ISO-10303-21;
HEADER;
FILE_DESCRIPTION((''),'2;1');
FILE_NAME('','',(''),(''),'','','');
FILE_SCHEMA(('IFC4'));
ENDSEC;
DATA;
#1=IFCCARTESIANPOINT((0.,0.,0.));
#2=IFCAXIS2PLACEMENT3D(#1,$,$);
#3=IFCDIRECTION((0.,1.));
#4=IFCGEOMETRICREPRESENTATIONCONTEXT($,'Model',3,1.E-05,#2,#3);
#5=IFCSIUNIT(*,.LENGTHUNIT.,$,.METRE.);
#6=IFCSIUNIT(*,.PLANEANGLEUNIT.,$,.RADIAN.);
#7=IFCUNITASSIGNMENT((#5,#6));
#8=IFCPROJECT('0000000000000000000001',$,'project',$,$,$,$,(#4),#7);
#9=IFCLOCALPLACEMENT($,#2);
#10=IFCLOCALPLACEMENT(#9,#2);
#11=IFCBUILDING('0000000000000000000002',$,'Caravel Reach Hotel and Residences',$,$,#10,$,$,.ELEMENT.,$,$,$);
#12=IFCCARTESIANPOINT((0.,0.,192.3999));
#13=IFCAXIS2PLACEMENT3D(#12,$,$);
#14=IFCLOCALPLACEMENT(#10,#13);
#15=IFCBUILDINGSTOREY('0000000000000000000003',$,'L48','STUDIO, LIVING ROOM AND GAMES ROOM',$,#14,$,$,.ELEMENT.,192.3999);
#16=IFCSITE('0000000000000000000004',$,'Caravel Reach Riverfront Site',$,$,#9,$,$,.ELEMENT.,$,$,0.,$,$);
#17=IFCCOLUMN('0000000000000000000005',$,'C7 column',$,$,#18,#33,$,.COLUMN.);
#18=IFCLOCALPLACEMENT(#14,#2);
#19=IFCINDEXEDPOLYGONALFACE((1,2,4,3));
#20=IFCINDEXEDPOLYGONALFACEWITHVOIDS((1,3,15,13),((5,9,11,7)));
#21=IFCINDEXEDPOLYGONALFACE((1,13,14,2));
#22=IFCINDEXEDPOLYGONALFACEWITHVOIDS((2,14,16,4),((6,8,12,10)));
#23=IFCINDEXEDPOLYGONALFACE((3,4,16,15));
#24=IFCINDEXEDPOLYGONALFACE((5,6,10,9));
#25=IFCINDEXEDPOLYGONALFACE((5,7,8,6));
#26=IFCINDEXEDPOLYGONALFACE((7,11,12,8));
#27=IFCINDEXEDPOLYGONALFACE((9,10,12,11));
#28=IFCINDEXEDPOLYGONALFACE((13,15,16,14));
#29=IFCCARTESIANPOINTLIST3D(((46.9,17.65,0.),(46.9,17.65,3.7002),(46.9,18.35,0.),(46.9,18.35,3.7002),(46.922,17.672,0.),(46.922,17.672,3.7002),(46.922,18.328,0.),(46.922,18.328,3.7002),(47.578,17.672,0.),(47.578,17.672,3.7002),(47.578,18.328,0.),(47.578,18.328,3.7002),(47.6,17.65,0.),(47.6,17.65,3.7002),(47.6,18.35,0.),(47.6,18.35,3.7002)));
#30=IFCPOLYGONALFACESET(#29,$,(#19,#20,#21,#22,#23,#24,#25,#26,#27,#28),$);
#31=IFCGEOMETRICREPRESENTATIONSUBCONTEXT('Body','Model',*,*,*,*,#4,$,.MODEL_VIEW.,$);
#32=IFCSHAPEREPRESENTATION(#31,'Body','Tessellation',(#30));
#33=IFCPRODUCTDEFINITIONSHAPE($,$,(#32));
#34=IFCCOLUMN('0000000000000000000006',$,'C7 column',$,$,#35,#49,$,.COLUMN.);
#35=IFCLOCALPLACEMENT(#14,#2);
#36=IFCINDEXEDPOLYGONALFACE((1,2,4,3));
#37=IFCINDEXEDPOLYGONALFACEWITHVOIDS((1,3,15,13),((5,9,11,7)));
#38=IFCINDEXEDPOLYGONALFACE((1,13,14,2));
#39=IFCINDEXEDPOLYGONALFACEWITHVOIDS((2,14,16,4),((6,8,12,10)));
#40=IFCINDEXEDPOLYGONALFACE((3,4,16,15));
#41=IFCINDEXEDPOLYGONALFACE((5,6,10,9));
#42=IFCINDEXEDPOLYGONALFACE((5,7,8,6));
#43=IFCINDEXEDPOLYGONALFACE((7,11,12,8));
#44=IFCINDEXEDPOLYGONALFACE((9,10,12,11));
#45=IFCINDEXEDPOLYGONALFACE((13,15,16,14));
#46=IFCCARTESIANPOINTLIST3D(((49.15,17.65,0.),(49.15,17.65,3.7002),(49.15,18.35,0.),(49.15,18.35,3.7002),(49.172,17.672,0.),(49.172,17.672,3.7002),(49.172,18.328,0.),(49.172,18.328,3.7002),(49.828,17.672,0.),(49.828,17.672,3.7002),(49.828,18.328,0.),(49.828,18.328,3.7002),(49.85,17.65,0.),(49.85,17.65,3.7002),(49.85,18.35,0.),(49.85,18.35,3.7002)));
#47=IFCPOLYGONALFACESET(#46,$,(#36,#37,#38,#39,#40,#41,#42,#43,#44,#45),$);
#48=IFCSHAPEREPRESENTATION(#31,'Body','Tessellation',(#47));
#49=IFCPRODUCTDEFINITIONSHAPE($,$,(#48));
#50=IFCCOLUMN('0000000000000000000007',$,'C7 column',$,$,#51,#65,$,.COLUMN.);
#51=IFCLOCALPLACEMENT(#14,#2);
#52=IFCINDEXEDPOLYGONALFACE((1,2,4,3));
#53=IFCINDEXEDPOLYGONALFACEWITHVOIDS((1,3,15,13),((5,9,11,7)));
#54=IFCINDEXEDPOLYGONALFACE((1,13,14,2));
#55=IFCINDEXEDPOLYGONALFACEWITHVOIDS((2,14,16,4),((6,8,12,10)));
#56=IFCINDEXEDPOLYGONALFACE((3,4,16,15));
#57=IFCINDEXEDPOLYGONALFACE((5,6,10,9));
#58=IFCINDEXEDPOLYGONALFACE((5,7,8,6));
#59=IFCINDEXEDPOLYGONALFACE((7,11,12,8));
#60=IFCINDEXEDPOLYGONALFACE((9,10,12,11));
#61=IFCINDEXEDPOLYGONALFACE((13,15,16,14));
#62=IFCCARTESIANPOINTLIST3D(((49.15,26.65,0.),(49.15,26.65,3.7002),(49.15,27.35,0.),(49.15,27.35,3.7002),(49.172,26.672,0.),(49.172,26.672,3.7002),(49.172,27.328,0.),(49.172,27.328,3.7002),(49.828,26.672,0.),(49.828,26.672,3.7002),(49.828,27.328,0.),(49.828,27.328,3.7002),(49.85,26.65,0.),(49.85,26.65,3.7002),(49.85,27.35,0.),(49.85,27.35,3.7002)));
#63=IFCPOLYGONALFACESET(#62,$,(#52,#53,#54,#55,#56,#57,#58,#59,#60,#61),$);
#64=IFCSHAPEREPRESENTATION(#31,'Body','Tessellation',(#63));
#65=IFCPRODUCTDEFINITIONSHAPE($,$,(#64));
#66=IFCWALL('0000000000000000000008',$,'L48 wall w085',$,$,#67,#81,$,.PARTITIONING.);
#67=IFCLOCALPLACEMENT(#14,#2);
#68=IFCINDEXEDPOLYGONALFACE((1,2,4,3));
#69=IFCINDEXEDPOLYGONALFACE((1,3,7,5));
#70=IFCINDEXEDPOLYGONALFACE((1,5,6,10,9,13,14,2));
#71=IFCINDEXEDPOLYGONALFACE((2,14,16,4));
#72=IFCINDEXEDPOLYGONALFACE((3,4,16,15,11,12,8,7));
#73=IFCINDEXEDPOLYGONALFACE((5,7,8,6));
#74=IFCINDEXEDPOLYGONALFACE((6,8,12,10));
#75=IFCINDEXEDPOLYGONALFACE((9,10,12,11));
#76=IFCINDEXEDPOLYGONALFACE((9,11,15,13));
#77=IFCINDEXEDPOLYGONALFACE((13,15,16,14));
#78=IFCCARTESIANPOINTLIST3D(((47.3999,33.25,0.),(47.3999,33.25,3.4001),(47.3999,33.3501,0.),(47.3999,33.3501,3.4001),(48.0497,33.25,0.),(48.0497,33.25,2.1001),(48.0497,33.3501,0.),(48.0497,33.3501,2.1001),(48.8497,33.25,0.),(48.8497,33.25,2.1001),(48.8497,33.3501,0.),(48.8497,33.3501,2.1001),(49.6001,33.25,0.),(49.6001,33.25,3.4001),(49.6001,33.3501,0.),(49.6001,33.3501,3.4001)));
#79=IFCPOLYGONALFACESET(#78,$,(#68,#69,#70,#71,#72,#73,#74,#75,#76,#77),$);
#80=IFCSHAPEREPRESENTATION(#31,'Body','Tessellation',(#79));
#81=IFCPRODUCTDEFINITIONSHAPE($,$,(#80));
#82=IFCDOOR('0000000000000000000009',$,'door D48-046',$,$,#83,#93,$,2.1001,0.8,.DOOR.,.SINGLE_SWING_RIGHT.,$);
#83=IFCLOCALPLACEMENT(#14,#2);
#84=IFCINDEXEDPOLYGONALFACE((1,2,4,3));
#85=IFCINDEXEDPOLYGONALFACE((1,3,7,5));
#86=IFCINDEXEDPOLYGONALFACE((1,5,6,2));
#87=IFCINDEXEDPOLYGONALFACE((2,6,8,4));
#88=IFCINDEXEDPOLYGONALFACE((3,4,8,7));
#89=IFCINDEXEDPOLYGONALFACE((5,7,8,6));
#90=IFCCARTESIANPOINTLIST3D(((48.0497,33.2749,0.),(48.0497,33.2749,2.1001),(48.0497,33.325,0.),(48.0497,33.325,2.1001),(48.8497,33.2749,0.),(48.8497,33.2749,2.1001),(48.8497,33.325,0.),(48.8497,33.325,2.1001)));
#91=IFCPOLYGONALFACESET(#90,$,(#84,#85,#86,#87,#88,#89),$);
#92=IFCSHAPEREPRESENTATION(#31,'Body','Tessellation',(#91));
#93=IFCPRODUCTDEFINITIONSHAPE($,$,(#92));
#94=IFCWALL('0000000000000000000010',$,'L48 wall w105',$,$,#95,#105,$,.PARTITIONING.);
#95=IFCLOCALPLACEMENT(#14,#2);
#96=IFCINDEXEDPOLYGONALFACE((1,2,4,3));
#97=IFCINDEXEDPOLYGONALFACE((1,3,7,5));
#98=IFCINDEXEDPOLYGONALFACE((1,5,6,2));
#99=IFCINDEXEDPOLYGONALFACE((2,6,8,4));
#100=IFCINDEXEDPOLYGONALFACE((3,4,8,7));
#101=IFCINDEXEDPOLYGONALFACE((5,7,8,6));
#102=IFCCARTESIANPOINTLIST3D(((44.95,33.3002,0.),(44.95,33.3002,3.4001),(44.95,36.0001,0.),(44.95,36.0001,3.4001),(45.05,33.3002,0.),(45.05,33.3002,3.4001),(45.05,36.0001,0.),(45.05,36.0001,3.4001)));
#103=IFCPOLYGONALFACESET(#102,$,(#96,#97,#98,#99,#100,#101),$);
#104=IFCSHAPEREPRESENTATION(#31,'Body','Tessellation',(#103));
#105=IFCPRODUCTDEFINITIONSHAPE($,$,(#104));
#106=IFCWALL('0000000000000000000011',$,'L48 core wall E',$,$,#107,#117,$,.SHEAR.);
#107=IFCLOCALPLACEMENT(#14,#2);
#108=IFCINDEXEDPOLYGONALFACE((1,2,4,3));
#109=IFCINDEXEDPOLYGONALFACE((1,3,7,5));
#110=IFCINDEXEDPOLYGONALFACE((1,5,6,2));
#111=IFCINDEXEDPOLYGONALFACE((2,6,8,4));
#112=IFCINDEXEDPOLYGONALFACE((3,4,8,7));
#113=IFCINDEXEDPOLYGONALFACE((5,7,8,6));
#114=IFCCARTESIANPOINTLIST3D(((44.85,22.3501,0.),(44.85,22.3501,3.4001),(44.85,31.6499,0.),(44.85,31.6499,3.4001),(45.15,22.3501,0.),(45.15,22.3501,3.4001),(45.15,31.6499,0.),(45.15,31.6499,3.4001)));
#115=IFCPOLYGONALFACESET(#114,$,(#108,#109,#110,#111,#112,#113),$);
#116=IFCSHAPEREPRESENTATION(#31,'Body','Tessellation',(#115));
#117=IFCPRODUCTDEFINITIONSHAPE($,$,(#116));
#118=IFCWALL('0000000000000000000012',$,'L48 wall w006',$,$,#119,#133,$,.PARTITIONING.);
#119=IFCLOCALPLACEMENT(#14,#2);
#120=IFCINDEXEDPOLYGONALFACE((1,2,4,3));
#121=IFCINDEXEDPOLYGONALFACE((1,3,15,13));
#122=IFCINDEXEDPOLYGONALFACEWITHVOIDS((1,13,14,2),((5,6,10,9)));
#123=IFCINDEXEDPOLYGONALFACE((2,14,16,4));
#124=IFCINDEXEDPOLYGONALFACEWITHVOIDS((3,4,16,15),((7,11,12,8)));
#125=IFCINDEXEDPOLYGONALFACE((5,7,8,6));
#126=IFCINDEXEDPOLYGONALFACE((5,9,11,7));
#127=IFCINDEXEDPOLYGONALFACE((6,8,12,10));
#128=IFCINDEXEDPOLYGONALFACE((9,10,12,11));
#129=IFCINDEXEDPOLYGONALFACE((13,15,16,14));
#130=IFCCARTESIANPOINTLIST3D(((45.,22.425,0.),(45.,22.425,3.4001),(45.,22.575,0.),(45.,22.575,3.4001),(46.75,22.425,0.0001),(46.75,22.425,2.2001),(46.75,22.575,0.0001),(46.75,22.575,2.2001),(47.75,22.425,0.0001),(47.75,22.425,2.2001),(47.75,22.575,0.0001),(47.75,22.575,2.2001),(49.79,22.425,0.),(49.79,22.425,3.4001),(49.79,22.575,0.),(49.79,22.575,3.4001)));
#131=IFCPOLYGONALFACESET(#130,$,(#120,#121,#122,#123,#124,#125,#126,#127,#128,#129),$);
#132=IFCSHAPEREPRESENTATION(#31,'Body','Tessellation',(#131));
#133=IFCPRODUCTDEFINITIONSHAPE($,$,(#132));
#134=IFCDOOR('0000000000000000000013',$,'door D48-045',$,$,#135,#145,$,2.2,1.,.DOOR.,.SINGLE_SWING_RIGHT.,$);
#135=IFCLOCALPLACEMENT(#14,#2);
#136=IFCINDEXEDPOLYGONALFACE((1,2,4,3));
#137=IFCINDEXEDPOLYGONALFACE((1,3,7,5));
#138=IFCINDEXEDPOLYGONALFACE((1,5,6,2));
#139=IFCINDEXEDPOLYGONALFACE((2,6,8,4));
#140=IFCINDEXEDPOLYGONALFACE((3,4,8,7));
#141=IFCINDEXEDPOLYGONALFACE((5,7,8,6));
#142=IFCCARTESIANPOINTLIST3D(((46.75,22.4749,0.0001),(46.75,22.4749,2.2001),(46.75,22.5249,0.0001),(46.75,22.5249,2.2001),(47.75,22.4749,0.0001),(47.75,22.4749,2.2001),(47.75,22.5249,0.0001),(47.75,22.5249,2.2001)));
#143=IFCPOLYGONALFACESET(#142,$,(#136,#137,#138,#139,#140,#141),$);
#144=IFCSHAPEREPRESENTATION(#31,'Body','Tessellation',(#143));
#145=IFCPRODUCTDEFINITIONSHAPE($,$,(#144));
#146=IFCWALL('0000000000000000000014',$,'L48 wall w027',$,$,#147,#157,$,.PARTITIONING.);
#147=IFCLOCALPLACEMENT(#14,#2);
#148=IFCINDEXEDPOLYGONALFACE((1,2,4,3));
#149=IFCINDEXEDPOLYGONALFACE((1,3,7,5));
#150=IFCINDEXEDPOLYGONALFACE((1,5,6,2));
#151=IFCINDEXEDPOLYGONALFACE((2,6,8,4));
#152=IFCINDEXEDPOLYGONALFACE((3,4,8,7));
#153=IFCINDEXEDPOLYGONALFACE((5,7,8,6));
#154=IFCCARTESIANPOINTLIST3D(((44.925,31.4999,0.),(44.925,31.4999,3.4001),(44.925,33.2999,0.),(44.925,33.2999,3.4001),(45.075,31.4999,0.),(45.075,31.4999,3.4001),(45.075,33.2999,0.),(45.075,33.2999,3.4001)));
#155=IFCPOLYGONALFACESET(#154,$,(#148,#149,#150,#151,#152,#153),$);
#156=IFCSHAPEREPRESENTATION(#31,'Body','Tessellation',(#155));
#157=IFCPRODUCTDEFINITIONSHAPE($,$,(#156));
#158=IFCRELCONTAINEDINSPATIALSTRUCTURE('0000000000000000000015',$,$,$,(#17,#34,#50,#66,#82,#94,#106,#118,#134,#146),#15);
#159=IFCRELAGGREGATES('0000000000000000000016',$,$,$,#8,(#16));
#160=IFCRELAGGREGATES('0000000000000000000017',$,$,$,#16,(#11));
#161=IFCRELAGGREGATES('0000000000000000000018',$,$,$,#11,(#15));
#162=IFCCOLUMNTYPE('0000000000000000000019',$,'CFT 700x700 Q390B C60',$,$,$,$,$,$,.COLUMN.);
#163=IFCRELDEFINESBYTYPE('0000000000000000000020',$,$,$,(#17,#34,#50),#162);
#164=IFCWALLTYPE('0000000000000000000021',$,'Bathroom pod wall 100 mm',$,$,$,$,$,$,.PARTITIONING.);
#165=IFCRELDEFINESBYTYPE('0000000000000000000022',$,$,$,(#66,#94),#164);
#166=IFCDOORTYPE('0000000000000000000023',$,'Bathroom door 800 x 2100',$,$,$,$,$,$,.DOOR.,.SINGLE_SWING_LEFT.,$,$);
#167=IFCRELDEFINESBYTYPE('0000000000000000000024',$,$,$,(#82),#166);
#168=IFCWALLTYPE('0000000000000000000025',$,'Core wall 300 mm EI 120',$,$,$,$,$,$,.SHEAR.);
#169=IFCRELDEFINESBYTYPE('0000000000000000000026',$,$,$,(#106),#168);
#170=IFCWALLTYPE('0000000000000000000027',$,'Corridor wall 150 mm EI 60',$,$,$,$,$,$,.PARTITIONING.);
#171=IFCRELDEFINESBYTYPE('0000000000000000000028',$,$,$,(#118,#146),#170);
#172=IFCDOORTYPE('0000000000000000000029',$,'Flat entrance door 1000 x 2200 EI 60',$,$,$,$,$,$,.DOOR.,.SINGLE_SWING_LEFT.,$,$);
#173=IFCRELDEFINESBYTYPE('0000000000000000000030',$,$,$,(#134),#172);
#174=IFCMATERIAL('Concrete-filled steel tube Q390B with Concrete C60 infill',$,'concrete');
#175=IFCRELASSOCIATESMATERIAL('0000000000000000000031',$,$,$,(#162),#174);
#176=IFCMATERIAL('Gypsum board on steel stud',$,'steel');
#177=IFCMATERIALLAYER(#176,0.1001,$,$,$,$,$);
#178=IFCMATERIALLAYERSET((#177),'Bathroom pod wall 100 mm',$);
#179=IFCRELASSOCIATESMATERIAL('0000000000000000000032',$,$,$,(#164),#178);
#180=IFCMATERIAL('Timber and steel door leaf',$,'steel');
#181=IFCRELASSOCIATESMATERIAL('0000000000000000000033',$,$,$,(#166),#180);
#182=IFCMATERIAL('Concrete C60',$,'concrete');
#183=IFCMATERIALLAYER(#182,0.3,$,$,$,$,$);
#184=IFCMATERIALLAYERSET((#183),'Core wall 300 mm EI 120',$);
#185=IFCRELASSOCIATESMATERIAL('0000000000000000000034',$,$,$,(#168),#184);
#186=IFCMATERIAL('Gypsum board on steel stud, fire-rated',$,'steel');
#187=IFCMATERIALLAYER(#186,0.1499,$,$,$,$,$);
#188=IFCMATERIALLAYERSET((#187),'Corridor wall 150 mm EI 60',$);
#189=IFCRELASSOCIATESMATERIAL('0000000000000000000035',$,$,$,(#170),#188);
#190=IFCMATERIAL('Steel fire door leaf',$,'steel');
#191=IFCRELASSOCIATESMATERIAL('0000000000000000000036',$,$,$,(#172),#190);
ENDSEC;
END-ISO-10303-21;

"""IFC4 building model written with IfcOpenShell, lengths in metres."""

from ifc_helpers import new_model, si_unit, direction, frame, frame_2d, origin, origin_2d, place, context, subcontext, project, spatial, rectangle, hollow_rectangle, extrude, material, layer, layer_set, material_profile, profile_set, type_object, element, fill, save


model = new_model("IFC4")

# Units and contexts
model_context = context("Model", 3, precision=1e-05, world=origin(), true_north=direction((0.0, 1.0)))
body_context = subcontext(model_context, "Body", "Model", "MODEL_VIEW")
ifc_project = project(units=[si_unit("LENGTHUNIT", "METRE"), si_unit("PLANEANGLEUNIT", "RADIAN")], contexts=[model_context])

# Site, building, storey
site_placement = place(None, origin())
site = spatial("IfcSite", under=ifc_project, at=site_placement, Name="Caravel Reach Riverfront Site", CompositionType="ELEMENT", RefElevation=0.0)
building_placement = place(site_placement, origin())
building = spatial("IfcBuilding", under=site, at=building_placement, Name="Caravel Reach Hotel and Residences", CompositionType="ELEMENT")
storey_placement = place(building_placement, frame((0.0, 0.0, 192.3999)))
storey = spatial("IfcBuildingStorey", under=building, at=storey_placement, Name="L48", Description="STUDIO, LIVING ROOM AND GAMES ROOM", CompositionType="ELEMENT", Elevation=192.3999)

# Columns
ifc_material_1 = material(Name="Concrete-filled steel tube Q390B with Concrete C60 infill", Category="concrete")
ifc_material_profile = material_profile(ifc_material_1, hollow_rectangle(XDim=0.7, YDim=0.7, WallThickness=0.022, at=origin_2d()), Name="RHS 700x700x22")
ifc_profile_set = profile_set([ifc_material_profile], Name="Concrete-filled steel tube Q390B with Concrete C60 infill")
column_type = type_object("IfcColumnType", Name="CFT 700x700 Q390B C60", PredefinedType="COLUMN", material=ifc_profile_set)
for number, where, z_axis, x_axis, name in (
    (1, (47.25, 18.0, 0.0), (0.0, 0.0, 1.0), (1.0, 0.0, 0.0), "C7 column"),
    (2, (49.5, 18.0, 0.0), (0.0, 0.0, 1.0), (1.0, 0.0, 0.0), "C7 column"),
    (3, (49.5, 27.0, 0.0), (0.0, 0.0, 1.0), (1.0, 0.0, 0.0), "C7 column"),
):
    element("IfcColumn", number, at=place(storey_placement, frame(where, z_axis=z_axis, x_axis=x_axis)), inside=storey, type_object=column_type, Name=name, PredefinedType="COLUMN", context=body_context, shape_type="SweptSolid", body=[
        extrude(hollow_rectangle(XDim=0.7, YDim=0.7, WallThickness=0.022, at=origin_2d()), origin(), (0.0, 0.0, 1.0), 3.7002),
    ])

# Wall, opening, door
ifc_material_2 = material(Name="Gypsum board on steel stud", Category="steel")
ifc_layer_1 = layer(ifc_material_2, 0.1001)
ifc_layer_set_1 = layer_set([ifc_layer_1], Name="Bathroom pod wall 100 mm")
wall_type_1 = type_object("IfcWallType", Name="Bathroom pod wall 100 mm", PredefinedType="PARTITIONING", material=ifc_layer_set_1)
wall_1_placement = place(storey_placement, frame((47.3999, 33.3, 0.0), z_axis=(0.0, 0.0, 1.0), x_axis=(1.0, 0.0, 0.0)))
wall_1 = element("IfcWall", 4, at=wall_1_placement, inside=storey, type_object=wall_type_1, Name="L48 wall w085", PredefinedType="PARTITIONING", context=body_context, shape_type="SweptSolid", body=[
    extrude(rectangle(XDim=2.2002, YDim=0.1001, at=frame_2d((1.1001, 0.0))), origin(), (0.0, 0.0, 1.0), 3.4001),
])
opening_1_placement = place(wall_1_placement, frame((0.6499, 0.0, 0.0)))
opening_1 = element("IfcOpeningElement", 5, at=opening_1_placement, cuts=wall_1, PredefinedType="OPENING", context=body_context, shape_type="SweptSolid", body=[
    extrude(rectangle(XDim=0.8, YDim=2.1001, at=frame_2d((0.3999, 1.05))), frame((0.0, 0.0601, 0.0), z_axis=(0.0, -1.0, 0.0), x_axis=(1.0, 0.0, 0.0)), (0.0, 0.0, 1.0), 0.1201),
])
ifc_material_3 = material(Name="Timber and steel door leaf", Category="steel")
door_type_1 = type_object("IfcDoorType", Name="Bathroom door 800 x 2100", OperationType="SINGLE_SWING_LEFT", PredefinedType="DOOR", material=ifc_material_3)
door_1_placement = place(opening_1_placement, origin())
door_1 = element("IfcDoor", 6, at=door_1_placement, inside=storey, type_object=door_type_1, Name="door D48-046", OperationType="SINGLE_SWING_RIGHT", OverallHeight=2.1001, OverallWidth=0.8, PredefinedType="DOOR", context=body_context, shape_type="SweptSolid", body=[
    extrude(rectangle(XDim=0.8, YDim=2.1001, at=frame_2d((0.3999, 1.05))), frame((0.0, 0.0249, 0.0), z_axis=(0.0, -1.0, 0.0), x_axis=(1.0, 0.0, 0.0)), (0.0, 0.0, 1.0), 0.05),
])
fill(opening_1, door_1)

# Walls
wall_2_placement = place(storey_placement, frame((45.0, 33.3, 0.0), z_axis=(0.0, 0.0, 1.0), x_axis=(0.0, 1.0, 0.0)))
element("IfcWall", 7, at=wall_2_placement, inside=storey, type_object=wall_type_1, Name="L48 wall w105", PredefinedType="PARTITIONING", context=body_context, shape_type="SweptSolid", body=[
    extrude(rectangle(XDim=2.7, YDim=0.1001, at=frame_2d((1.3501, 0.0))), origin(), (0.0, 0.0, 1.0), 3.4001),
])
ifc_material_4 = material(Name="Concrete C60", Category="concrete")
ifc_layer_2 = layer(ifc_material_4, 0.3)
ifc_layer_set_2 = layer_set([ifc_layer_2], Name="Core wall 300 mm EI 120")
wall_type_2 = type_object("IfcWallType", Name="Core wall 300 mm EI 120", PredefinedType="SHEAR", material=ifc_layer_set_2)
wall_3_placement = place(storey_placement, frame((45.0, 22.3501, 0.0), z_axis=(0.0, 0.0, 1.0), x_axis=(0.0, 1.0, 0.0)))
element("IfcWall", 8, at=wall_3_placement, inside=storey, type_object=wall_type_2, Name="L48 core wall E", PredefinedType="SHEAR", context=body_context, shape_type="SweptSolid", body=[
    extrude(rectangle(XDim=9.2998, YDim=0.3, at=frame_2d((4.6499, 0.0))), origin(), (0.0, 0.0, 1.0), 3.4001),
])

# Wall, opening, door
ifc_material_5 = material(Name="Gypsum board on steel stud, fire-rated", Category="steel")
ifc_layer_3 = layer(ifc_material_5, 0.1499)
ifc_layer_set_3 = layer_set([ifc_layer_3], Name="Corridor wall 150 mm EI 60")
wall_type_3 = type_object("IfcWallType", Name="Corridor wall 150 mm EI 60", PredefinedType="PARTITIONING", material=ifc_layer_set_3)
wall_4_placement = place(storey_placement, frame((45.0, 22.5, 0.0), z_axis=(0.0, 0.0, 1.0), x_axis=(1.0, 0.0, 0.0)))
wall_4 = element("IfcWall", 9, at=wall_4_placement, inside=storey, type_object=wall_type_3, Name="L48 wall w006", PredefinedType="PARTITIONING", context=body_context, shape_type="SweptSolid", body=[
    extrude(rectangle(XDim=4.79, YDim=0.1499, at=frame_2d((2.395, 0.0))), origin(), (0.0, 0.0, 1.0), 3.4001),
])
opening_2_placement = place(wall_4_placement, frame((1.75, 0.0, 0.0)))
opening_2 = element("IfcOpeningElement", 10, at=opening_2_placement, cuts=wall_4, PredefinedType="OPENING", context=body_context, shape_type="SweptSolid", body=[
    extrude(rectangle(XDim=1.0, YDim=2.2, at=frame_2d((0.5, 1.1001))), frame((0.0, 0.085, 0.0), z_axis=(0.0, -1.0, 0.0), x_axis=(1.0, 0.0, 0.0)), (0.0, 0.0, 1.0), 0.1699),
])
ifc_material_6 = material(Name="Steel fire door leaf", Category="steel")
door_type_2 = type_object("IfcDoorType", Name="Flat entrance door 1000 x 2200 EI 60", OperationType="SINGLE_SWING_LEFT", PredefinedType="DOOR", material=ifc_material_6)
door_2_placement = place(opening_2_placement, origin())
door_2 = element("IfcDoor", 11, at=door_2_placement, inside=storey, type_object=door_type_2, Name="door D48-045", OperationType="SINGLE_SWING_RIGHT", OverallHeight=2.2, OverallWidth=1.0, PredefinedType="DOOR", context=body_context, shape_type="SweptSolid", body=[
    extrude(rectangle(XDim=1.0, YDim=2.2, at=frame_2d((0.5, 1.1001))), frame((0.0, 0.0249, 0.0), z_axis=(0.0, -1.0, 0.0), x_axis=(1.0, 0.0, 0.0)), (0.0, 0.0, 1.0), 0.05),
])
fill(opening_2, door_2)

# Wall
wall_5_placement = place(storey_placement, frame((45.0, 31.5, 0.0), z_axis=(0.0, 0.0, 1.0), x_axis=(0.0, 1.0, 0.0)))
element("IfcWall", 12, at=wall_5_placement, inside=storey, type_object=wall_type_3, Name="L48 wall w027", PredefinedType="PARTITIONING", context=body_context, shape_type="SweptSolid", body=[
    extrude(rectangle(XDim=1.8, YDim=0.1499, at=frame_2d((0.8999, 0.0))), origin(), (0.0, 0.0, 1.0), 3.4001),
])

save(model, "model.ifc")
